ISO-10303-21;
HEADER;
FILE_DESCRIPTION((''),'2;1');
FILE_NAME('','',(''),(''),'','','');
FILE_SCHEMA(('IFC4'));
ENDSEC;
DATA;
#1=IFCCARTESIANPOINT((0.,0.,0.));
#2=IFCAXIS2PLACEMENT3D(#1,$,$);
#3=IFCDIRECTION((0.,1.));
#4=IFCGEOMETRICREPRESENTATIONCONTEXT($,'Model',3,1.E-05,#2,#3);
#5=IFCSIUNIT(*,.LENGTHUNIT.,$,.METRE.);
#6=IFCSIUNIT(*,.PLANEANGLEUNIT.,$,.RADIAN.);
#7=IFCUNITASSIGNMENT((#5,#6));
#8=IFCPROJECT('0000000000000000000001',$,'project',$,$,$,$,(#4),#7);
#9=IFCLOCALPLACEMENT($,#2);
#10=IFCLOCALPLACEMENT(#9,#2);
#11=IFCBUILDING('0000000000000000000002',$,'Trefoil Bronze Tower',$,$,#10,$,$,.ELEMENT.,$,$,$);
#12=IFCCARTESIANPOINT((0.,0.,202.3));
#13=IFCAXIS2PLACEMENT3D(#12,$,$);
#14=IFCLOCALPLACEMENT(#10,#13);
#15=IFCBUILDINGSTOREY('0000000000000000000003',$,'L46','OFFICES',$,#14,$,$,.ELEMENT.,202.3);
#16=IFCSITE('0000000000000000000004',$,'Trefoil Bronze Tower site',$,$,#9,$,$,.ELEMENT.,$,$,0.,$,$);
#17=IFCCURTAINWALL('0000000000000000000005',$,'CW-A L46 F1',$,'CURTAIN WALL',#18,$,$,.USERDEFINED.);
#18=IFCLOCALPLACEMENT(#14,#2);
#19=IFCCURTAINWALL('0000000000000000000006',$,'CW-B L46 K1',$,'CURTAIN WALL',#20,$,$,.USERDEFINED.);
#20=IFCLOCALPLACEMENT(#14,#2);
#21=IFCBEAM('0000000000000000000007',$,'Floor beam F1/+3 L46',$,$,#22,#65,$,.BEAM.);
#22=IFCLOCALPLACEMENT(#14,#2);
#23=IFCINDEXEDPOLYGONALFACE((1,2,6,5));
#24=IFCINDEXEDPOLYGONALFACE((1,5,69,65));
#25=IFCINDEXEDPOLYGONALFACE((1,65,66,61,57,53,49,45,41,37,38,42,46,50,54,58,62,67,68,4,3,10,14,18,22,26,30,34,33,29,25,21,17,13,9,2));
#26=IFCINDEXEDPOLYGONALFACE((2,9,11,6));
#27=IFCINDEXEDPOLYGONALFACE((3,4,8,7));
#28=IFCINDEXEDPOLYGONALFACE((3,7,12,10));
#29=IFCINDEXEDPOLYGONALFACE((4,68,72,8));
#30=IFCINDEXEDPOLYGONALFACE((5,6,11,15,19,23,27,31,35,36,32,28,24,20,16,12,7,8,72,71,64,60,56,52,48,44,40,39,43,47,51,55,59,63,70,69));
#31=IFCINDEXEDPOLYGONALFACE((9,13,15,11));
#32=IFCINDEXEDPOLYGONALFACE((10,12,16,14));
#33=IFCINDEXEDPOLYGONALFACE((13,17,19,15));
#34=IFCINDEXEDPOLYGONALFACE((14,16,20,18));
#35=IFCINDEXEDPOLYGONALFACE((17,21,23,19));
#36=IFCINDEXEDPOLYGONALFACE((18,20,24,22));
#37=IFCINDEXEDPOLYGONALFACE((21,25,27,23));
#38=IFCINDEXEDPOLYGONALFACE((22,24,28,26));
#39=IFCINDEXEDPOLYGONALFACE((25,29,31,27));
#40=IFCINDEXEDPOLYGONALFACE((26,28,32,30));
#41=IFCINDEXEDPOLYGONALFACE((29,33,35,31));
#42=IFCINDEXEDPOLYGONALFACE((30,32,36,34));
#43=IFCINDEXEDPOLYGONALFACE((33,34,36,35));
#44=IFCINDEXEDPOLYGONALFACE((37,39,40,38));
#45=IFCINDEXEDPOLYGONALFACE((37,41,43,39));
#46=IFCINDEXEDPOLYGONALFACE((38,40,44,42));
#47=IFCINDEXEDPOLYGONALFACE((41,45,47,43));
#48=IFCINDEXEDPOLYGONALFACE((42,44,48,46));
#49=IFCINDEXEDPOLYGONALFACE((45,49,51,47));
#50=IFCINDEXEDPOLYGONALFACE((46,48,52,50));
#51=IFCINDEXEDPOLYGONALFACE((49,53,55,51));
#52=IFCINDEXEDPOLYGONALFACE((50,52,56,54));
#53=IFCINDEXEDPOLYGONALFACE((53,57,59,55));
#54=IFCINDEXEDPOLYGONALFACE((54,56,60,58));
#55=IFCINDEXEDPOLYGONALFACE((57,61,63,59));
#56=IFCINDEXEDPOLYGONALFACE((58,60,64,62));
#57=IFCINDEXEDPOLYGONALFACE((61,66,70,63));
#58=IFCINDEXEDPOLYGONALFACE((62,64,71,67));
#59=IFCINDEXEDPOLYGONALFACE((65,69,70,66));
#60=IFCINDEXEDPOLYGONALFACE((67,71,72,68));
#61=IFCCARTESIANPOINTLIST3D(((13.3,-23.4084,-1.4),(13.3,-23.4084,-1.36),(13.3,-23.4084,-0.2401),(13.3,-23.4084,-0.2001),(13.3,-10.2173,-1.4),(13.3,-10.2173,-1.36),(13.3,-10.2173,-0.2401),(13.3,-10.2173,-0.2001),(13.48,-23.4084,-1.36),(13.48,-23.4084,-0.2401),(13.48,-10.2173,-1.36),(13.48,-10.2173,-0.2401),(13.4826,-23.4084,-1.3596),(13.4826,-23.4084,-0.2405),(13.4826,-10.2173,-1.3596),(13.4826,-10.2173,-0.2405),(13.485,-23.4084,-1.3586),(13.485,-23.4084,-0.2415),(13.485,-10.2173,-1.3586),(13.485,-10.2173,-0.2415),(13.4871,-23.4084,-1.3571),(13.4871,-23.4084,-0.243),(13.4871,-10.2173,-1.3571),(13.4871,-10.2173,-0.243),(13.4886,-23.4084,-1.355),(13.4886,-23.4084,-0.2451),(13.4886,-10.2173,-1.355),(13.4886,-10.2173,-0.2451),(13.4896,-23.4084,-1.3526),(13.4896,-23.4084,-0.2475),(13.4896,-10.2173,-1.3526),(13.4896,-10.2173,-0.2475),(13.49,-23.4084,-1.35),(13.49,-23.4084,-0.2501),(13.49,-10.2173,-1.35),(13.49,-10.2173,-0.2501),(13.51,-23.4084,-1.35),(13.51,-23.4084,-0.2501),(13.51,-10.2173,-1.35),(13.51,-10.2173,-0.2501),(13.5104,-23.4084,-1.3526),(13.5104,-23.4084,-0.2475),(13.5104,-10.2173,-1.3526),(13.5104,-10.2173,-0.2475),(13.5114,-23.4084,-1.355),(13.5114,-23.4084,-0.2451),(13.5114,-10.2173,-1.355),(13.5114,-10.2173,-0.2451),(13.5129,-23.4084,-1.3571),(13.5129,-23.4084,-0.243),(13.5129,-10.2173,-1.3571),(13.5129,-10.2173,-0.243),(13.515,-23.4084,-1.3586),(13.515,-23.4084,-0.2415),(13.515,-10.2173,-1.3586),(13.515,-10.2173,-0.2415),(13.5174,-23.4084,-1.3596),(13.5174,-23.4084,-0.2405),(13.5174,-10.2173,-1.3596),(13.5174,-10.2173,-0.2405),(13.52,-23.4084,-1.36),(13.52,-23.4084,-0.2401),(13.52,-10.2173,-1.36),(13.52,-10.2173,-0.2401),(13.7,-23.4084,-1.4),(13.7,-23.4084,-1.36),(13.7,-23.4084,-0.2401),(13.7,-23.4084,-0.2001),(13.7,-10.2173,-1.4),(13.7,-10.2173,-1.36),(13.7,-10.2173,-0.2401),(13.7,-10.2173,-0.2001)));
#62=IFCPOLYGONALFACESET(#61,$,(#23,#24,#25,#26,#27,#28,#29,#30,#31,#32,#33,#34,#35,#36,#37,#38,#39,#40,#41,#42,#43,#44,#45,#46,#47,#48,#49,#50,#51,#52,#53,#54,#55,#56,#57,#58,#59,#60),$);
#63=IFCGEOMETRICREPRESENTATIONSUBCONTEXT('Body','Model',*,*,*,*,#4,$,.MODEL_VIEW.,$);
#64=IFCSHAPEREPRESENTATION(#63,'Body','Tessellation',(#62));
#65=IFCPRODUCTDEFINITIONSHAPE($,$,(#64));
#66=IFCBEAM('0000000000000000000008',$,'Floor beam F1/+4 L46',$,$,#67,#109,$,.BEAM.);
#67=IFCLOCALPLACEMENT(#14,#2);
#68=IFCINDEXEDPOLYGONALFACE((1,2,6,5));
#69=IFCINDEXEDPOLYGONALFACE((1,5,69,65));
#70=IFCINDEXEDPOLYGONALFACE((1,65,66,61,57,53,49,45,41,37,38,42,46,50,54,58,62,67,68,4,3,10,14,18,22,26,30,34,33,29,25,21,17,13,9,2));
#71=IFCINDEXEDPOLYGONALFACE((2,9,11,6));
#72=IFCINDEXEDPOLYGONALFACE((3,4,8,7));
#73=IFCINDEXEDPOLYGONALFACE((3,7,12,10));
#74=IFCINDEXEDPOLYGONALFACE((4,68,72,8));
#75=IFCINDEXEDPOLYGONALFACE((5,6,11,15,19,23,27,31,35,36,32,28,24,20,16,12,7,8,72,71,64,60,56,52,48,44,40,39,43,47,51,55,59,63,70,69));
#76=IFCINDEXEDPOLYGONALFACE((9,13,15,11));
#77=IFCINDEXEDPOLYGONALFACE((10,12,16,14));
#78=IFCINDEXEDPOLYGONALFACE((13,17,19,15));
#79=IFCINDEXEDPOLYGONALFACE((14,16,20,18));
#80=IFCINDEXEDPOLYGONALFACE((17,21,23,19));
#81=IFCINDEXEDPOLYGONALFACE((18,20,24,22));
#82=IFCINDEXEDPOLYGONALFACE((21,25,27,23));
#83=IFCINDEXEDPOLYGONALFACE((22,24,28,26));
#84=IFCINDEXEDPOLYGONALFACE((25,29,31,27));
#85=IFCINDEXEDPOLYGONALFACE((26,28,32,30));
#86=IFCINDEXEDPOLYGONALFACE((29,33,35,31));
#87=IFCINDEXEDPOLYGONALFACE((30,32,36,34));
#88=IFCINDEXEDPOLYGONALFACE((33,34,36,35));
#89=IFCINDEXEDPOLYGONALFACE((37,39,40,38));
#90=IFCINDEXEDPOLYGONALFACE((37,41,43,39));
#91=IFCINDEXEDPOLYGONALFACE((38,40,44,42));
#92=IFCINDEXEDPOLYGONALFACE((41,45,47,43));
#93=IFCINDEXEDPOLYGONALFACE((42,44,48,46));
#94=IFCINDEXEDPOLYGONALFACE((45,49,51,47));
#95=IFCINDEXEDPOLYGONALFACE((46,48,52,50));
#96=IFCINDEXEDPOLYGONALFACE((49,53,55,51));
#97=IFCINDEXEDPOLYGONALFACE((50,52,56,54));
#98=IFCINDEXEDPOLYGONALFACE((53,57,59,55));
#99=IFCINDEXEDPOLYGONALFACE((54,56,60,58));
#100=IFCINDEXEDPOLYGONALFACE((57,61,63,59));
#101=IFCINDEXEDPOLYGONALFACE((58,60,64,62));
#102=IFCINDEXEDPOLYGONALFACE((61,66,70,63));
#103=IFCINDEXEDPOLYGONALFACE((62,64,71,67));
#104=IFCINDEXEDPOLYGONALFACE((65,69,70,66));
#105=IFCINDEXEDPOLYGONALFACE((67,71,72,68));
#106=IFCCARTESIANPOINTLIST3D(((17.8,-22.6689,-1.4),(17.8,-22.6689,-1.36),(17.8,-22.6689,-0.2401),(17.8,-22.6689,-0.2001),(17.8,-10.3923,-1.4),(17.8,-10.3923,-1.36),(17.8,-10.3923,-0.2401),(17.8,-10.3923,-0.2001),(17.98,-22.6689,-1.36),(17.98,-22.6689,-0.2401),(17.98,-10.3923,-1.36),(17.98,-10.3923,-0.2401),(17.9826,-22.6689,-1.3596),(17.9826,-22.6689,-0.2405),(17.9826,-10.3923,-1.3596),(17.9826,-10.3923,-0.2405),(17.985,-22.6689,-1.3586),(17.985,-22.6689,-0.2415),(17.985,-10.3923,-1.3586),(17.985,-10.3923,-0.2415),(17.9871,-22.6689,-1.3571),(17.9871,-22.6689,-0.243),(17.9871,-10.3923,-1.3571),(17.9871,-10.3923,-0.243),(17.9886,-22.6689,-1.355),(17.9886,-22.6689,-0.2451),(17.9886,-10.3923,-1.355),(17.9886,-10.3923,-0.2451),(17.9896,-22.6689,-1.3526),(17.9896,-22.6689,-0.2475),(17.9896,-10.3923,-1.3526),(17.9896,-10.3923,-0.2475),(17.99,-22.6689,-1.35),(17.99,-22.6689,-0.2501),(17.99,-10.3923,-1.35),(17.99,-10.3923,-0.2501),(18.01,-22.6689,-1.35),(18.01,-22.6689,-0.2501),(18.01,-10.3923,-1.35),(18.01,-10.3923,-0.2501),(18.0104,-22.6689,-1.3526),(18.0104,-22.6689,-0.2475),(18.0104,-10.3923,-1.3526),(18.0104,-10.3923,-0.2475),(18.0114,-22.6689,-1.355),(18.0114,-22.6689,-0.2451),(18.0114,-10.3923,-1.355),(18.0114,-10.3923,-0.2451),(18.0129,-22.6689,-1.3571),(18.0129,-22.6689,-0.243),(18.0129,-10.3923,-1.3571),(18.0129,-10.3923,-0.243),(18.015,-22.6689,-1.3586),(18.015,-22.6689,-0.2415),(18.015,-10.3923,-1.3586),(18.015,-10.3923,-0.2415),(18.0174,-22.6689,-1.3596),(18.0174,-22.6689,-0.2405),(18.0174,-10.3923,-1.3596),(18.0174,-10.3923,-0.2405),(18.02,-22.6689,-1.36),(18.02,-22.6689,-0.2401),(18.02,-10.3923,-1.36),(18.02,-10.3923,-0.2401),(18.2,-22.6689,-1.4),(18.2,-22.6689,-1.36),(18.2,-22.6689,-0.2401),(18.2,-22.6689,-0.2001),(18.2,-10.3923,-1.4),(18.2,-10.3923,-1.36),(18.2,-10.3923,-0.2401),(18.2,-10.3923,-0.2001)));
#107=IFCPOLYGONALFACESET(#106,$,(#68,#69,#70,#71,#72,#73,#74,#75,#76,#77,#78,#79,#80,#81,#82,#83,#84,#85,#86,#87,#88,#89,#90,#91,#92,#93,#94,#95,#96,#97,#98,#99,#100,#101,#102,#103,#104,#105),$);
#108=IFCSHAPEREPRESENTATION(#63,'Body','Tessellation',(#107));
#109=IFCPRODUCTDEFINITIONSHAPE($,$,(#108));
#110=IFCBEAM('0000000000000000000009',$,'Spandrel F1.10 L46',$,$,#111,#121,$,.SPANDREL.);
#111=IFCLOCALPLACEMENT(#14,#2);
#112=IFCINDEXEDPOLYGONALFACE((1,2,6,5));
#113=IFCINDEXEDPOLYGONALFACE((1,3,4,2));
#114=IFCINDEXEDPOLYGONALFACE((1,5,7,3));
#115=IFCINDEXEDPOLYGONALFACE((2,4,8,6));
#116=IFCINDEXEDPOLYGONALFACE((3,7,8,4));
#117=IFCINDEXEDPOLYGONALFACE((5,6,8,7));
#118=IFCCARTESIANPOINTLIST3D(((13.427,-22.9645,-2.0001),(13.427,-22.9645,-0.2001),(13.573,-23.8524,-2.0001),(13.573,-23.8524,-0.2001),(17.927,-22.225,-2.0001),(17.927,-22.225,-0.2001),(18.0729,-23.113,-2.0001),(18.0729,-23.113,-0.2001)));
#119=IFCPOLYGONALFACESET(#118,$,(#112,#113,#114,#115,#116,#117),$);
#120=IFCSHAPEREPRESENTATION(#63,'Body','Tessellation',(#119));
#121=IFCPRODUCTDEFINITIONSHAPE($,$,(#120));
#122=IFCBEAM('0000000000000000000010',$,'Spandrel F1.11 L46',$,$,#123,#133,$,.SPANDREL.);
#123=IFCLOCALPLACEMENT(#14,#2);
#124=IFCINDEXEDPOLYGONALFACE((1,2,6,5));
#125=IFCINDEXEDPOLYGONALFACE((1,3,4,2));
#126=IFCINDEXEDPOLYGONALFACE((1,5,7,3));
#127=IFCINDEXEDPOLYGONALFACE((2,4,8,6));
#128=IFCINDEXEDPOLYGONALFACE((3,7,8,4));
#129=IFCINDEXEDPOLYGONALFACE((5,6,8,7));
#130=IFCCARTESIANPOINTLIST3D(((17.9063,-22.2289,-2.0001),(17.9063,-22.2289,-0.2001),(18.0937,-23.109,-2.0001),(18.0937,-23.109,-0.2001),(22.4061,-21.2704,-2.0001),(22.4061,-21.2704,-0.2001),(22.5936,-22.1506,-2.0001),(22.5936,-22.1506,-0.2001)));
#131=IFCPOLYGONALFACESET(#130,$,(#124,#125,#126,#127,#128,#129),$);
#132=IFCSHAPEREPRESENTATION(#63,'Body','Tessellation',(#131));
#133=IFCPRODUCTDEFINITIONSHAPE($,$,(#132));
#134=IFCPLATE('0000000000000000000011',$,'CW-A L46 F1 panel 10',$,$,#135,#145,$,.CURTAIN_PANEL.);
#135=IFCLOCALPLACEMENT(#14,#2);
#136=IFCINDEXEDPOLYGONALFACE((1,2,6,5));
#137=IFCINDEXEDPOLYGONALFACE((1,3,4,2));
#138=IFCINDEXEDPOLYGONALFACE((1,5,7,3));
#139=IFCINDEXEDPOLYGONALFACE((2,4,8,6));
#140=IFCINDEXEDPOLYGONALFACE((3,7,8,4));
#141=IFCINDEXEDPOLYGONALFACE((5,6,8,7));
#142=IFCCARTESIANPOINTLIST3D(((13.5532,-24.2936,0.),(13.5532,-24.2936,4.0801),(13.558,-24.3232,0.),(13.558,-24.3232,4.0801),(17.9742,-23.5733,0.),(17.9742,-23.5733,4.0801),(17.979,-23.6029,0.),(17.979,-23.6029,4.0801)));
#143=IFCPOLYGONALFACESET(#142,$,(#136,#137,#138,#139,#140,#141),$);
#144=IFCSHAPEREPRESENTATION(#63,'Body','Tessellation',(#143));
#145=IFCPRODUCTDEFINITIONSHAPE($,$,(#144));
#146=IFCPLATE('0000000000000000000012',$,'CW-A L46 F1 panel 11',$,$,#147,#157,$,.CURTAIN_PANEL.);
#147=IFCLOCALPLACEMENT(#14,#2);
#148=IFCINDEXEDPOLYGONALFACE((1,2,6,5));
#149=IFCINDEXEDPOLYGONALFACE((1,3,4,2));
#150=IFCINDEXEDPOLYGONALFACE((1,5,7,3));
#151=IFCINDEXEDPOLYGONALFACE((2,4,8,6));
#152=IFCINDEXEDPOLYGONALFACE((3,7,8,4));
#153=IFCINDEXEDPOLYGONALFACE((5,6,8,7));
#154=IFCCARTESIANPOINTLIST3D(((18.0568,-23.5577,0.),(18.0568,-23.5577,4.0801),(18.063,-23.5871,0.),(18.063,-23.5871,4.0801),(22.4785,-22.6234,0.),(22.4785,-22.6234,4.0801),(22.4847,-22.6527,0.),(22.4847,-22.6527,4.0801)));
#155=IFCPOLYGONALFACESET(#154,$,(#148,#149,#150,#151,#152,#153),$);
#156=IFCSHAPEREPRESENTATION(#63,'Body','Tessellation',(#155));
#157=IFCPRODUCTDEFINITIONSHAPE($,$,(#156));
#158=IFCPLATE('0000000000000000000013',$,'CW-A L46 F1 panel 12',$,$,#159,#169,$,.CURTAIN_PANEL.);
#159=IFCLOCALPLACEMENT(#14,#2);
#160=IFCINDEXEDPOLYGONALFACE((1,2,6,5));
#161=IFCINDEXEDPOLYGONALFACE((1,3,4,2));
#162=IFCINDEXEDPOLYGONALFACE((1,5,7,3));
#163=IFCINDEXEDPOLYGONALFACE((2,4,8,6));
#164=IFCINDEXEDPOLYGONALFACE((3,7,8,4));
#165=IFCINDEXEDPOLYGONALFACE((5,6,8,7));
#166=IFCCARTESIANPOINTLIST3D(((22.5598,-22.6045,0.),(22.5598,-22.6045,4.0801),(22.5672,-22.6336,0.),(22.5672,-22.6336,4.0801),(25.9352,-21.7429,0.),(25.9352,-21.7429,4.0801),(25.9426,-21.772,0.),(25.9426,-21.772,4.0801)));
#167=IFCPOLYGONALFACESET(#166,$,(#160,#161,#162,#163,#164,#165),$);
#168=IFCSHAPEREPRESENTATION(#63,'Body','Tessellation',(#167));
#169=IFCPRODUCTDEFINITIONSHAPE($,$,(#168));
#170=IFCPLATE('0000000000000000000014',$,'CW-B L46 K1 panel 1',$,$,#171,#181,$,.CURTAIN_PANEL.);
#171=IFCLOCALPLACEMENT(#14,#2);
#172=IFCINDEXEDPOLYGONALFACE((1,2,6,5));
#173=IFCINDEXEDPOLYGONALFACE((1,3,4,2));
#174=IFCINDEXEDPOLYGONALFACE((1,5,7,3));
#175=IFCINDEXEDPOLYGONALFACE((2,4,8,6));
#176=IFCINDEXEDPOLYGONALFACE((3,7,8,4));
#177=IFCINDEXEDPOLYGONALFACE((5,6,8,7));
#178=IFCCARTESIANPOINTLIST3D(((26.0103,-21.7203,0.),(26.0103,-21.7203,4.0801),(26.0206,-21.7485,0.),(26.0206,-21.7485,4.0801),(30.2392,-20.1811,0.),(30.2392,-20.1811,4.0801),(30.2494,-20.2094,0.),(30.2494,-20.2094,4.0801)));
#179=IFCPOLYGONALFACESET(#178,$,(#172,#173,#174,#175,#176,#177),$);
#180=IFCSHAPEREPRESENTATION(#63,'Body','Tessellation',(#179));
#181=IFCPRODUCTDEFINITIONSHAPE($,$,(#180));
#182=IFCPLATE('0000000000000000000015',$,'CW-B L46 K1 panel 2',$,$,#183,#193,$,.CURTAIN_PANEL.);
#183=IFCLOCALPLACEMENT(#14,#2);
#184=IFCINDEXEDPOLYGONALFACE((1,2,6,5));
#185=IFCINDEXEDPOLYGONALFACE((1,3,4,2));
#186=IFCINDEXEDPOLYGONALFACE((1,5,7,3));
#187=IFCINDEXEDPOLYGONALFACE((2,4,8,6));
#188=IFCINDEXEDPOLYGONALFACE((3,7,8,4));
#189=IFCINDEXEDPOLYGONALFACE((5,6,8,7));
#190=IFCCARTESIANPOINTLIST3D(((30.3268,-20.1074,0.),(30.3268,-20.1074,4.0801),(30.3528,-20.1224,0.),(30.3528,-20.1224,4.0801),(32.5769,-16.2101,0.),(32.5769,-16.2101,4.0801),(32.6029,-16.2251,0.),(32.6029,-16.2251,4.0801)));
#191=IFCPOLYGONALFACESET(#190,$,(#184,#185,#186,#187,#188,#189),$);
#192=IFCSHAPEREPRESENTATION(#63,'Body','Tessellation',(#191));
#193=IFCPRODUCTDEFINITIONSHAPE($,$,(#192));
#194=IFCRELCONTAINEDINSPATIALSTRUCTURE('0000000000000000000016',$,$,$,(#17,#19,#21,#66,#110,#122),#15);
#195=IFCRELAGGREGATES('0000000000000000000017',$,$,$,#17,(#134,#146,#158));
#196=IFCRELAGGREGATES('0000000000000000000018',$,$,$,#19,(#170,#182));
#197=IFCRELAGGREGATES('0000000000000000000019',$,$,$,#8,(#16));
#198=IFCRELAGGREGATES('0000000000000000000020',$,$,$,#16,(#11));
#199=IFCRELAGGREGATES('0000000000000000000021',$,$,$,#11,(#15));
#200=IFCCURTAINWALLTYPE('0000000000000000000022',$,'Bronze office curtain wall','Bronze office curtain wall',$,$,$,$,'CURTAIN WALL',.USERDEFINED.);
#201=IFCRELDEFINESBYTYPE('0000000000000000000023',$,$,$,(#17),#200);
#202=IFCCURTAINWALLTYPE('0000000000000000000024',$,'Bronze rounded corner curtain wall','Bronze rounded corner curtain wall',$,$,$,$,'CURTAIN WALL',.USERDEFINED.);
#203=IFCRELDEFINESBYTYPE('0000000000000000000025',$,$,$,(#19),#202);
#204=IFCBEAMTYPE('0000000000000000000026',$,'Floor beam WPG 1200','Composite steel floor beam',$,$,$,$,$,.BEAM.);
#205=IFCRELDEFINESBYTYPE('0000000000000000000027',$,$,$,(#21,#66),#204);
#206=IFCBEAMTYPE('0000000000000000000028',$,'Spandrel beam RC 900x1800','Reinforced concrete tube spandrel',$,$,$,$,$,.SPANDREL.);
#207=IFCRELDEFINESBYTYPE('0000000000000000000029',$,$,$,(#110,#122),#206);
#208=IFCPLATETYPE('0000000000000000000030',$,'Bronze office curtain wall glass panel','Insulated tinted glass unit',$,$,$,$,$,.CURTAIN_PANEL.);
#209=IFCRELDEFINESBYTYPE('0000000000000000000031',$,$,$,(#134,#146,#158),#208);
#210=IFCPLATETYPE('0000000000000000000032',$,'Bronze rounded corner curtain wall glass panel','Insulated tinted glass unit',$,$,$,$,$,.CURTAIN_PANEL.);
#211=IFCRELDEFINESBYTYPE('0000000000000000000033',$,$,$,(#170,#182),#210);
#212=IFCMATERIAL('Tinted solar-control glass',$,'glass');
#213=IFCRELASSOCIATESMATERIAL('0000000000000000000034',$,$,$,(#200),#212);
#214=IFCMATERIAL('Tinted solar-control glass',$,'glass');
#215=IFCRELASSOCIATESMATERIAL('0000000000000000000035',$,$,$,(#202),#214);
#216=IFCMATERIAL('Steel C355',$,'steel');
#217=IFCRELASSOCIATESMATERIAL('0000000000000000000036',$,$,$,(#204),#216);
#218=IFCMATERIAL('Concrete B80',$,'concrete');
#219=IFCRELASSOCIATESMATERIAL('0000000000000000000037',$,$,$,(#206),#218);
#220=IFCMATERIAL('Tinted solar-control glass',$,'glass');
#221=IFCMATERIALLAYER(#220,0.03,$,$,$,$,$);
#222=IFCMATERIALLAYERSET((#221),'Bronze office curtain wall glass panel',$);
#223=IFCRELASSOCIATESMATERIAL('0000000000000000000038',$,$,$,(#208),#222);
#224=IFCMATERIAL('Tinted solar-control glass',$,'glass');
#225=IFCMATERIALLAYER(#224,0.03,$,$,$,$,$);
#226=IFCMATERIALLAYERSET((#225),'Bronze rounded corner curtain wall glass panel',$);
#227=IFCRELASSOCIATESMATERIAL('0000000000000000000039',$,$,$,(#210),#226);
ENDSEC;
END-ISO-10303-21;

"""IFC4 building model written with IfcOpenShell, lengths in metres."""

from ifc_helpers import new_model, si_unit, direction, frame, origin, origin_2d, place, context, subcontext, project, spatial, rectangle, i_section, extrude, material, layer, layer_set, material_profile, profile_set, type_object, element, aggregate, save


model = new_model("IFC4")

# Units and contexts
model_context = context("Model", 3, precision=1e-05, world=origin(), true_north=direction((0.0, 1.0)))
body_context = subcontext(model_context, "Body", "Model", "MODEL_VIEW")
ifc_project = project(units=[si_unit("LENGTHUNIT", "METRE"), si_unit("PLANEANGLEUNIT", "RADIAN")], contexts=[model_context])

# Site, building, storey
site_placement = place(None, origin())
site = spatial("IfcSite", under=ifc_project, at=site_placement, Name="Trefoil Bronze Tower site", CompositionType="ELEMENT", RefElevation=0.0)
building_placement = place(site_placement, origin())
building = spatial("IfcBuilding", under=site, at=building_placement, Name="Trefoil Bronze Tower", CompositionType="ELEMENT")
storey_placement = place(building_placement, frame((0.0, 0.0, 202.3)))
storey = spatial("IfcBuildingStorey", under=building, at=storey_placement, Name="L46", Description="OFFICES", CompositionType="ELEMENT", Elevation=202.3)

# Curtain walls
ifc_material_1 = material(Name="Tinted solar-control glass", Category="glass")
curtain_wall_type_1 = type_object("IfcCurtainWallType", Name="Bronze office curtain wall", Description="Bronze office curtain wall", ElementType="CURTAIN WALL", PredefinedType="USERDEFINED", material=ifc_material_1)
curtain_wall_1_placement = place(storey_placement, origin())
curtain_wall_1 = element("IfcCurtainWall", 1, at=curtain_wall_1_placement, inside=storey, type_object=curtain_wall_type_1, Name="CW-A L46 F1", ObjectType="CURTAIN WALL", PredefinedType="USERDEFINED")
ifc_material_2 = material(Name="Tinted solar-control glass", Category="glass")
curtain_wall_type_2 = type_object("IfcCurtainWallType", Name="Bronze rounded corner curtain wall", Description="Bronze rounded corner curtain wall", ElementType="CURTAIN WALL", PredefinedType="USERDEFINED", material=ifc_material_2)
curtain_wall_2_placement = place(storey_placement, origin())
curtain_wall_2 = element("IfcCurtainWall", 2, at=curtain_wall_2_placement, inside=storey, type_object=curtain_wall_type_2, Name="CW-B L46 K1", ObjectType="CURTAIN WALL", PredefinedType="USERDEFINED")

# Beams
ifc_material_3 = material(Name="Steel C355", Category="steel")
ifc_material_profile_1 = material_profile(ifc_material_3, i_section(OverallWidth=0.3999, OverallDepth=1.2, WebThickness=0.02, FlangeThickness=0.04, FilletRadius=0.01, at=origin_2d()), Name="WPG 1200")
ifc_profile_set_1 = profile_set([ifc_material_profile_1], Name="Steel C355")
beam_type_1 = type_object("IfcBeamType", Name="Floor beam WPG 1200", Description="Composite steel floor beam", PredefinedType="BEAM", material=ifc_profile_set_1)
beam_1_placement = place(storey_placement, frame((13.5, -23.4084, -0.8), z_axis=(0.0, 1.0, 0.0), x_axis=(-1.0, 0.0, 0.0)))
element("IfcBeam", 3, at=beam_1_placement, inside=storey, type_object=beam_type_1, Name="Floor beam F1/+3 L46", PredefinedType="BEAM", context=body_context, shape_type="SweptSolid", body=[
    extrude(i_section(OverallWidth=0.3999, OverallDepth=1.2, WebThickness=0.02, FlangeThickness=0.04, FilletRadius=0.01, at=origin_2d()), origin(), (0.0, 0.0, 1.0), 13.1912),
])
beam_2_placement = place(storey_placement, frame((18.0, -22.6689, -0.8), z_axis=(0.0, 1.0, 0.0), x_axis=(-1.0, 0.0, 0.0)))
element("IfcBeam", 4, at=beam_2_placement, inside=storey, type_object=beam_type_1, Name="Floor beam F1/+4 L46", PredefinedType="BEAM", context=body_context, shape_type="SweptSolid", body=[
    extrude(i_section(OverallWidth=0.3999, OverallDepth=1.2, WebThickness=0.02, FlangeThickness=0.04, FilletRadius=0.01, at=origin_2d()), origin(), (0.0, 0.0, 1.0), 12.2766),
])
ifc_material_4 = material(Name="Concrete B80", Category="concrete")
ifc_material_profile_2 = material_profile(ifc_material_4, rectangle(XDim=0.8999, YDim=1.8, at=origin_2d()), Name="RC 900x1800")
ifc_profile_set_2 = profile_set([ifc_material_profile_2], Name="Concrete B80")
beam_type_2 = type_object("IfcBeamType", Name="Spandrel beam RC 900x1800", Description="Reinforced concrete tube spandrel", PredefinedType="SPANDREL", material=ifc_profile_set_2)
beam_3_placement = place(storey_placement, frame((13.5, -23.4084, -1.1001), z_axis=(0.986765, 0.162159, 0.0), x_axis=(-0.162159, 0.986765, 0.0)))
element("IfcBeam", 5, at=beam_3_placement, inside=storey, type_object=beam_type_2, Name="Spandrel F1.10 L46", PredefinedType="SPANDREL", context=body_context, shape_type="SweptSolid", body=[
    extrude(rectangle(XDim=0.8999, YDim=1.8, at=origin_2d()), origin(), (0.0, 0.0, 1.0), 4.5603),
])
beam_4_placement = place(storey_placement, frame((18.0, -22.6689, -1.1001), z_axis=(0.978059, 0.208326, 0.0), x_axis=(-0.208326, 0.978059, 0.0)))
element("IfcBeam", 6, at=beam_4_placement, inside=storey, type_object=beam_type_2, Name="Spandrel F1.11 L46", PredefinedType="SPANDREL", context=body_context, shape_type="SweptSolid", body=[
    extrude(rectangle(XDim=0.8999, YDim=1.8, at=origin_2d()), origin(), (0.0, 0.0, 1.0), 4.6008),
])

# Plates
ifc_material_5 = material(Name="Tinted solar-control glass", Category="glass")
ifc_layer_1 = layer(ifc_material_5, 0.03)
ifc_layer_set_1 = layer_set([ifc_layer_1], Name="Bronze office curtain wall glass panel")
plate_type_1 = type_object("IfcPlateType", Name="Bronze office curtain wall glass panel", Description="Insulated tinted glass unit", PredefinedType="CURTAIN_PANEL", material=ifc_layer_set_1)
plate_1_placement = place(storey_placement, frame((15.7661, -23.9482, 0.0), z_axis=(0.0, 0.0, 1.0), x_axis=(0.986987, 0.160803, 0.0)))
plate_1 = element("IfcPlate", 7, at=plate_1_placement, type_object=plate_type_1, Name="CW-A L46 F1 panel 10", PredefinedType="CURTAIN_PANEL", context=body_context, shape_type="SweptSolid", body=[
    extrude(rectangle(XDim=4.4792, YDim=0.03, at=origin_2d()), origin(), (0.0, 0.0, 1.0), 4.0801),
])
plate_2_placement = place(storey_placement, frame((20.2708, -23.1052, 0.0), z_axis=(0.0, 0.0, 1.0), x_axis=(0.978394, 0.206747, 0.0)))
plate_2 = element("IfcPlate", 8, at=plate_2_placement, type_object=plate_type_1, Name="CW-A L46 F1 panel 11", PredefinedType="CURTAIN_PANEL", context=body_context, shape_type="SweptSolid", body=[
    extrude(rectangle(XDim=4.5193, YDim=0.03, at=origin_2d()), origin(), (0.0, 0.0, 1.0), 4.0801),
])
plate_3_placement = place(storey_placement, frame((24.2512, -22.1882, 0.0), z_axis=(0.0, 0.0, 1.0), x_axis=(0.968934, 0.247319, 0.0)))
plate_3 = element("IfcPlate", 9, at=plate_3_placement, type_object=plate_type_1, Name="CW-A L46 F1 panel 12", PredefinedType="CURTAIN_PANEL", context=body_context, shape_type="SweptSolid", body=[
    extrude(rectangle(XDim=3.4836, YDim=0.03, at=origin_2d()), origin(), (0.0, 0.0, 1.0), 4.0801),
])
aggregate(curtain_wall_1, [plate_1, plate_2, plate_3])
ifc_material_6 = material(Name="Tinted solar-control glass", Category="glass")
ifc_layer_2 = layer(ifc_material_6, 0.03)
ifc_layer_set_2 = layer_set([ifc_layer_2], Name="Bronze rounded corner curtain wall glass panel")
plate_type_2 = type_object("IfcPlateType", Name="Bronze rounded corner curtain wall glass panel", Description="Insulated tinted glass unit", PredefinedType="CURTAIN_PANEL", material=ifc_layer_set_2)
plate_4_placement = place(storey_placement, frame((28.1299, -20.9648, 0.0), z_axis=(0.0, 0.0, 1.0), x_axis=(0.939693, 0.34202, 0.0)))
plate_4 = element("IfcPlate", 10, at=plate_4_placement, type_object=plate_type_2, Name="CW-B L46 K1 panel 1", PredefinedType="CURTAIN_PANEL", context=body_context, shape_type="SweptSolid", body=[
    extrude(rectangle(XDim=4.5002, YDim=0.03, at=origin_2d()), origin(), (0.0, 0.0, 1.0), 4.0801),
])
plate_5_placement = place(storey_placement, frame((31.4648, -18.1663, 0.0), z_axis=(0.0, 0.0, 1.0), x_axis=(0.5, 0.866025, 0.0)))
plate_5 = element("IfcPlate", 11, at=plate_5_placement, type_object=plate_type_2, Name="CW-B L46 K1 panel 2", PredefinedType="CURTAIN_PANEL", context=body_context, shape_type="SweptSolid", body=[
    extrude(rectangle(XDim=4.5002, YDim=0.03, at=origin_2d()), origin(), (0.0, 0.0, 1.0), 4.0801),
])
aggregate(curtain_wall_2, [plate_4, plate_5])

save(model, "model.ifc")
